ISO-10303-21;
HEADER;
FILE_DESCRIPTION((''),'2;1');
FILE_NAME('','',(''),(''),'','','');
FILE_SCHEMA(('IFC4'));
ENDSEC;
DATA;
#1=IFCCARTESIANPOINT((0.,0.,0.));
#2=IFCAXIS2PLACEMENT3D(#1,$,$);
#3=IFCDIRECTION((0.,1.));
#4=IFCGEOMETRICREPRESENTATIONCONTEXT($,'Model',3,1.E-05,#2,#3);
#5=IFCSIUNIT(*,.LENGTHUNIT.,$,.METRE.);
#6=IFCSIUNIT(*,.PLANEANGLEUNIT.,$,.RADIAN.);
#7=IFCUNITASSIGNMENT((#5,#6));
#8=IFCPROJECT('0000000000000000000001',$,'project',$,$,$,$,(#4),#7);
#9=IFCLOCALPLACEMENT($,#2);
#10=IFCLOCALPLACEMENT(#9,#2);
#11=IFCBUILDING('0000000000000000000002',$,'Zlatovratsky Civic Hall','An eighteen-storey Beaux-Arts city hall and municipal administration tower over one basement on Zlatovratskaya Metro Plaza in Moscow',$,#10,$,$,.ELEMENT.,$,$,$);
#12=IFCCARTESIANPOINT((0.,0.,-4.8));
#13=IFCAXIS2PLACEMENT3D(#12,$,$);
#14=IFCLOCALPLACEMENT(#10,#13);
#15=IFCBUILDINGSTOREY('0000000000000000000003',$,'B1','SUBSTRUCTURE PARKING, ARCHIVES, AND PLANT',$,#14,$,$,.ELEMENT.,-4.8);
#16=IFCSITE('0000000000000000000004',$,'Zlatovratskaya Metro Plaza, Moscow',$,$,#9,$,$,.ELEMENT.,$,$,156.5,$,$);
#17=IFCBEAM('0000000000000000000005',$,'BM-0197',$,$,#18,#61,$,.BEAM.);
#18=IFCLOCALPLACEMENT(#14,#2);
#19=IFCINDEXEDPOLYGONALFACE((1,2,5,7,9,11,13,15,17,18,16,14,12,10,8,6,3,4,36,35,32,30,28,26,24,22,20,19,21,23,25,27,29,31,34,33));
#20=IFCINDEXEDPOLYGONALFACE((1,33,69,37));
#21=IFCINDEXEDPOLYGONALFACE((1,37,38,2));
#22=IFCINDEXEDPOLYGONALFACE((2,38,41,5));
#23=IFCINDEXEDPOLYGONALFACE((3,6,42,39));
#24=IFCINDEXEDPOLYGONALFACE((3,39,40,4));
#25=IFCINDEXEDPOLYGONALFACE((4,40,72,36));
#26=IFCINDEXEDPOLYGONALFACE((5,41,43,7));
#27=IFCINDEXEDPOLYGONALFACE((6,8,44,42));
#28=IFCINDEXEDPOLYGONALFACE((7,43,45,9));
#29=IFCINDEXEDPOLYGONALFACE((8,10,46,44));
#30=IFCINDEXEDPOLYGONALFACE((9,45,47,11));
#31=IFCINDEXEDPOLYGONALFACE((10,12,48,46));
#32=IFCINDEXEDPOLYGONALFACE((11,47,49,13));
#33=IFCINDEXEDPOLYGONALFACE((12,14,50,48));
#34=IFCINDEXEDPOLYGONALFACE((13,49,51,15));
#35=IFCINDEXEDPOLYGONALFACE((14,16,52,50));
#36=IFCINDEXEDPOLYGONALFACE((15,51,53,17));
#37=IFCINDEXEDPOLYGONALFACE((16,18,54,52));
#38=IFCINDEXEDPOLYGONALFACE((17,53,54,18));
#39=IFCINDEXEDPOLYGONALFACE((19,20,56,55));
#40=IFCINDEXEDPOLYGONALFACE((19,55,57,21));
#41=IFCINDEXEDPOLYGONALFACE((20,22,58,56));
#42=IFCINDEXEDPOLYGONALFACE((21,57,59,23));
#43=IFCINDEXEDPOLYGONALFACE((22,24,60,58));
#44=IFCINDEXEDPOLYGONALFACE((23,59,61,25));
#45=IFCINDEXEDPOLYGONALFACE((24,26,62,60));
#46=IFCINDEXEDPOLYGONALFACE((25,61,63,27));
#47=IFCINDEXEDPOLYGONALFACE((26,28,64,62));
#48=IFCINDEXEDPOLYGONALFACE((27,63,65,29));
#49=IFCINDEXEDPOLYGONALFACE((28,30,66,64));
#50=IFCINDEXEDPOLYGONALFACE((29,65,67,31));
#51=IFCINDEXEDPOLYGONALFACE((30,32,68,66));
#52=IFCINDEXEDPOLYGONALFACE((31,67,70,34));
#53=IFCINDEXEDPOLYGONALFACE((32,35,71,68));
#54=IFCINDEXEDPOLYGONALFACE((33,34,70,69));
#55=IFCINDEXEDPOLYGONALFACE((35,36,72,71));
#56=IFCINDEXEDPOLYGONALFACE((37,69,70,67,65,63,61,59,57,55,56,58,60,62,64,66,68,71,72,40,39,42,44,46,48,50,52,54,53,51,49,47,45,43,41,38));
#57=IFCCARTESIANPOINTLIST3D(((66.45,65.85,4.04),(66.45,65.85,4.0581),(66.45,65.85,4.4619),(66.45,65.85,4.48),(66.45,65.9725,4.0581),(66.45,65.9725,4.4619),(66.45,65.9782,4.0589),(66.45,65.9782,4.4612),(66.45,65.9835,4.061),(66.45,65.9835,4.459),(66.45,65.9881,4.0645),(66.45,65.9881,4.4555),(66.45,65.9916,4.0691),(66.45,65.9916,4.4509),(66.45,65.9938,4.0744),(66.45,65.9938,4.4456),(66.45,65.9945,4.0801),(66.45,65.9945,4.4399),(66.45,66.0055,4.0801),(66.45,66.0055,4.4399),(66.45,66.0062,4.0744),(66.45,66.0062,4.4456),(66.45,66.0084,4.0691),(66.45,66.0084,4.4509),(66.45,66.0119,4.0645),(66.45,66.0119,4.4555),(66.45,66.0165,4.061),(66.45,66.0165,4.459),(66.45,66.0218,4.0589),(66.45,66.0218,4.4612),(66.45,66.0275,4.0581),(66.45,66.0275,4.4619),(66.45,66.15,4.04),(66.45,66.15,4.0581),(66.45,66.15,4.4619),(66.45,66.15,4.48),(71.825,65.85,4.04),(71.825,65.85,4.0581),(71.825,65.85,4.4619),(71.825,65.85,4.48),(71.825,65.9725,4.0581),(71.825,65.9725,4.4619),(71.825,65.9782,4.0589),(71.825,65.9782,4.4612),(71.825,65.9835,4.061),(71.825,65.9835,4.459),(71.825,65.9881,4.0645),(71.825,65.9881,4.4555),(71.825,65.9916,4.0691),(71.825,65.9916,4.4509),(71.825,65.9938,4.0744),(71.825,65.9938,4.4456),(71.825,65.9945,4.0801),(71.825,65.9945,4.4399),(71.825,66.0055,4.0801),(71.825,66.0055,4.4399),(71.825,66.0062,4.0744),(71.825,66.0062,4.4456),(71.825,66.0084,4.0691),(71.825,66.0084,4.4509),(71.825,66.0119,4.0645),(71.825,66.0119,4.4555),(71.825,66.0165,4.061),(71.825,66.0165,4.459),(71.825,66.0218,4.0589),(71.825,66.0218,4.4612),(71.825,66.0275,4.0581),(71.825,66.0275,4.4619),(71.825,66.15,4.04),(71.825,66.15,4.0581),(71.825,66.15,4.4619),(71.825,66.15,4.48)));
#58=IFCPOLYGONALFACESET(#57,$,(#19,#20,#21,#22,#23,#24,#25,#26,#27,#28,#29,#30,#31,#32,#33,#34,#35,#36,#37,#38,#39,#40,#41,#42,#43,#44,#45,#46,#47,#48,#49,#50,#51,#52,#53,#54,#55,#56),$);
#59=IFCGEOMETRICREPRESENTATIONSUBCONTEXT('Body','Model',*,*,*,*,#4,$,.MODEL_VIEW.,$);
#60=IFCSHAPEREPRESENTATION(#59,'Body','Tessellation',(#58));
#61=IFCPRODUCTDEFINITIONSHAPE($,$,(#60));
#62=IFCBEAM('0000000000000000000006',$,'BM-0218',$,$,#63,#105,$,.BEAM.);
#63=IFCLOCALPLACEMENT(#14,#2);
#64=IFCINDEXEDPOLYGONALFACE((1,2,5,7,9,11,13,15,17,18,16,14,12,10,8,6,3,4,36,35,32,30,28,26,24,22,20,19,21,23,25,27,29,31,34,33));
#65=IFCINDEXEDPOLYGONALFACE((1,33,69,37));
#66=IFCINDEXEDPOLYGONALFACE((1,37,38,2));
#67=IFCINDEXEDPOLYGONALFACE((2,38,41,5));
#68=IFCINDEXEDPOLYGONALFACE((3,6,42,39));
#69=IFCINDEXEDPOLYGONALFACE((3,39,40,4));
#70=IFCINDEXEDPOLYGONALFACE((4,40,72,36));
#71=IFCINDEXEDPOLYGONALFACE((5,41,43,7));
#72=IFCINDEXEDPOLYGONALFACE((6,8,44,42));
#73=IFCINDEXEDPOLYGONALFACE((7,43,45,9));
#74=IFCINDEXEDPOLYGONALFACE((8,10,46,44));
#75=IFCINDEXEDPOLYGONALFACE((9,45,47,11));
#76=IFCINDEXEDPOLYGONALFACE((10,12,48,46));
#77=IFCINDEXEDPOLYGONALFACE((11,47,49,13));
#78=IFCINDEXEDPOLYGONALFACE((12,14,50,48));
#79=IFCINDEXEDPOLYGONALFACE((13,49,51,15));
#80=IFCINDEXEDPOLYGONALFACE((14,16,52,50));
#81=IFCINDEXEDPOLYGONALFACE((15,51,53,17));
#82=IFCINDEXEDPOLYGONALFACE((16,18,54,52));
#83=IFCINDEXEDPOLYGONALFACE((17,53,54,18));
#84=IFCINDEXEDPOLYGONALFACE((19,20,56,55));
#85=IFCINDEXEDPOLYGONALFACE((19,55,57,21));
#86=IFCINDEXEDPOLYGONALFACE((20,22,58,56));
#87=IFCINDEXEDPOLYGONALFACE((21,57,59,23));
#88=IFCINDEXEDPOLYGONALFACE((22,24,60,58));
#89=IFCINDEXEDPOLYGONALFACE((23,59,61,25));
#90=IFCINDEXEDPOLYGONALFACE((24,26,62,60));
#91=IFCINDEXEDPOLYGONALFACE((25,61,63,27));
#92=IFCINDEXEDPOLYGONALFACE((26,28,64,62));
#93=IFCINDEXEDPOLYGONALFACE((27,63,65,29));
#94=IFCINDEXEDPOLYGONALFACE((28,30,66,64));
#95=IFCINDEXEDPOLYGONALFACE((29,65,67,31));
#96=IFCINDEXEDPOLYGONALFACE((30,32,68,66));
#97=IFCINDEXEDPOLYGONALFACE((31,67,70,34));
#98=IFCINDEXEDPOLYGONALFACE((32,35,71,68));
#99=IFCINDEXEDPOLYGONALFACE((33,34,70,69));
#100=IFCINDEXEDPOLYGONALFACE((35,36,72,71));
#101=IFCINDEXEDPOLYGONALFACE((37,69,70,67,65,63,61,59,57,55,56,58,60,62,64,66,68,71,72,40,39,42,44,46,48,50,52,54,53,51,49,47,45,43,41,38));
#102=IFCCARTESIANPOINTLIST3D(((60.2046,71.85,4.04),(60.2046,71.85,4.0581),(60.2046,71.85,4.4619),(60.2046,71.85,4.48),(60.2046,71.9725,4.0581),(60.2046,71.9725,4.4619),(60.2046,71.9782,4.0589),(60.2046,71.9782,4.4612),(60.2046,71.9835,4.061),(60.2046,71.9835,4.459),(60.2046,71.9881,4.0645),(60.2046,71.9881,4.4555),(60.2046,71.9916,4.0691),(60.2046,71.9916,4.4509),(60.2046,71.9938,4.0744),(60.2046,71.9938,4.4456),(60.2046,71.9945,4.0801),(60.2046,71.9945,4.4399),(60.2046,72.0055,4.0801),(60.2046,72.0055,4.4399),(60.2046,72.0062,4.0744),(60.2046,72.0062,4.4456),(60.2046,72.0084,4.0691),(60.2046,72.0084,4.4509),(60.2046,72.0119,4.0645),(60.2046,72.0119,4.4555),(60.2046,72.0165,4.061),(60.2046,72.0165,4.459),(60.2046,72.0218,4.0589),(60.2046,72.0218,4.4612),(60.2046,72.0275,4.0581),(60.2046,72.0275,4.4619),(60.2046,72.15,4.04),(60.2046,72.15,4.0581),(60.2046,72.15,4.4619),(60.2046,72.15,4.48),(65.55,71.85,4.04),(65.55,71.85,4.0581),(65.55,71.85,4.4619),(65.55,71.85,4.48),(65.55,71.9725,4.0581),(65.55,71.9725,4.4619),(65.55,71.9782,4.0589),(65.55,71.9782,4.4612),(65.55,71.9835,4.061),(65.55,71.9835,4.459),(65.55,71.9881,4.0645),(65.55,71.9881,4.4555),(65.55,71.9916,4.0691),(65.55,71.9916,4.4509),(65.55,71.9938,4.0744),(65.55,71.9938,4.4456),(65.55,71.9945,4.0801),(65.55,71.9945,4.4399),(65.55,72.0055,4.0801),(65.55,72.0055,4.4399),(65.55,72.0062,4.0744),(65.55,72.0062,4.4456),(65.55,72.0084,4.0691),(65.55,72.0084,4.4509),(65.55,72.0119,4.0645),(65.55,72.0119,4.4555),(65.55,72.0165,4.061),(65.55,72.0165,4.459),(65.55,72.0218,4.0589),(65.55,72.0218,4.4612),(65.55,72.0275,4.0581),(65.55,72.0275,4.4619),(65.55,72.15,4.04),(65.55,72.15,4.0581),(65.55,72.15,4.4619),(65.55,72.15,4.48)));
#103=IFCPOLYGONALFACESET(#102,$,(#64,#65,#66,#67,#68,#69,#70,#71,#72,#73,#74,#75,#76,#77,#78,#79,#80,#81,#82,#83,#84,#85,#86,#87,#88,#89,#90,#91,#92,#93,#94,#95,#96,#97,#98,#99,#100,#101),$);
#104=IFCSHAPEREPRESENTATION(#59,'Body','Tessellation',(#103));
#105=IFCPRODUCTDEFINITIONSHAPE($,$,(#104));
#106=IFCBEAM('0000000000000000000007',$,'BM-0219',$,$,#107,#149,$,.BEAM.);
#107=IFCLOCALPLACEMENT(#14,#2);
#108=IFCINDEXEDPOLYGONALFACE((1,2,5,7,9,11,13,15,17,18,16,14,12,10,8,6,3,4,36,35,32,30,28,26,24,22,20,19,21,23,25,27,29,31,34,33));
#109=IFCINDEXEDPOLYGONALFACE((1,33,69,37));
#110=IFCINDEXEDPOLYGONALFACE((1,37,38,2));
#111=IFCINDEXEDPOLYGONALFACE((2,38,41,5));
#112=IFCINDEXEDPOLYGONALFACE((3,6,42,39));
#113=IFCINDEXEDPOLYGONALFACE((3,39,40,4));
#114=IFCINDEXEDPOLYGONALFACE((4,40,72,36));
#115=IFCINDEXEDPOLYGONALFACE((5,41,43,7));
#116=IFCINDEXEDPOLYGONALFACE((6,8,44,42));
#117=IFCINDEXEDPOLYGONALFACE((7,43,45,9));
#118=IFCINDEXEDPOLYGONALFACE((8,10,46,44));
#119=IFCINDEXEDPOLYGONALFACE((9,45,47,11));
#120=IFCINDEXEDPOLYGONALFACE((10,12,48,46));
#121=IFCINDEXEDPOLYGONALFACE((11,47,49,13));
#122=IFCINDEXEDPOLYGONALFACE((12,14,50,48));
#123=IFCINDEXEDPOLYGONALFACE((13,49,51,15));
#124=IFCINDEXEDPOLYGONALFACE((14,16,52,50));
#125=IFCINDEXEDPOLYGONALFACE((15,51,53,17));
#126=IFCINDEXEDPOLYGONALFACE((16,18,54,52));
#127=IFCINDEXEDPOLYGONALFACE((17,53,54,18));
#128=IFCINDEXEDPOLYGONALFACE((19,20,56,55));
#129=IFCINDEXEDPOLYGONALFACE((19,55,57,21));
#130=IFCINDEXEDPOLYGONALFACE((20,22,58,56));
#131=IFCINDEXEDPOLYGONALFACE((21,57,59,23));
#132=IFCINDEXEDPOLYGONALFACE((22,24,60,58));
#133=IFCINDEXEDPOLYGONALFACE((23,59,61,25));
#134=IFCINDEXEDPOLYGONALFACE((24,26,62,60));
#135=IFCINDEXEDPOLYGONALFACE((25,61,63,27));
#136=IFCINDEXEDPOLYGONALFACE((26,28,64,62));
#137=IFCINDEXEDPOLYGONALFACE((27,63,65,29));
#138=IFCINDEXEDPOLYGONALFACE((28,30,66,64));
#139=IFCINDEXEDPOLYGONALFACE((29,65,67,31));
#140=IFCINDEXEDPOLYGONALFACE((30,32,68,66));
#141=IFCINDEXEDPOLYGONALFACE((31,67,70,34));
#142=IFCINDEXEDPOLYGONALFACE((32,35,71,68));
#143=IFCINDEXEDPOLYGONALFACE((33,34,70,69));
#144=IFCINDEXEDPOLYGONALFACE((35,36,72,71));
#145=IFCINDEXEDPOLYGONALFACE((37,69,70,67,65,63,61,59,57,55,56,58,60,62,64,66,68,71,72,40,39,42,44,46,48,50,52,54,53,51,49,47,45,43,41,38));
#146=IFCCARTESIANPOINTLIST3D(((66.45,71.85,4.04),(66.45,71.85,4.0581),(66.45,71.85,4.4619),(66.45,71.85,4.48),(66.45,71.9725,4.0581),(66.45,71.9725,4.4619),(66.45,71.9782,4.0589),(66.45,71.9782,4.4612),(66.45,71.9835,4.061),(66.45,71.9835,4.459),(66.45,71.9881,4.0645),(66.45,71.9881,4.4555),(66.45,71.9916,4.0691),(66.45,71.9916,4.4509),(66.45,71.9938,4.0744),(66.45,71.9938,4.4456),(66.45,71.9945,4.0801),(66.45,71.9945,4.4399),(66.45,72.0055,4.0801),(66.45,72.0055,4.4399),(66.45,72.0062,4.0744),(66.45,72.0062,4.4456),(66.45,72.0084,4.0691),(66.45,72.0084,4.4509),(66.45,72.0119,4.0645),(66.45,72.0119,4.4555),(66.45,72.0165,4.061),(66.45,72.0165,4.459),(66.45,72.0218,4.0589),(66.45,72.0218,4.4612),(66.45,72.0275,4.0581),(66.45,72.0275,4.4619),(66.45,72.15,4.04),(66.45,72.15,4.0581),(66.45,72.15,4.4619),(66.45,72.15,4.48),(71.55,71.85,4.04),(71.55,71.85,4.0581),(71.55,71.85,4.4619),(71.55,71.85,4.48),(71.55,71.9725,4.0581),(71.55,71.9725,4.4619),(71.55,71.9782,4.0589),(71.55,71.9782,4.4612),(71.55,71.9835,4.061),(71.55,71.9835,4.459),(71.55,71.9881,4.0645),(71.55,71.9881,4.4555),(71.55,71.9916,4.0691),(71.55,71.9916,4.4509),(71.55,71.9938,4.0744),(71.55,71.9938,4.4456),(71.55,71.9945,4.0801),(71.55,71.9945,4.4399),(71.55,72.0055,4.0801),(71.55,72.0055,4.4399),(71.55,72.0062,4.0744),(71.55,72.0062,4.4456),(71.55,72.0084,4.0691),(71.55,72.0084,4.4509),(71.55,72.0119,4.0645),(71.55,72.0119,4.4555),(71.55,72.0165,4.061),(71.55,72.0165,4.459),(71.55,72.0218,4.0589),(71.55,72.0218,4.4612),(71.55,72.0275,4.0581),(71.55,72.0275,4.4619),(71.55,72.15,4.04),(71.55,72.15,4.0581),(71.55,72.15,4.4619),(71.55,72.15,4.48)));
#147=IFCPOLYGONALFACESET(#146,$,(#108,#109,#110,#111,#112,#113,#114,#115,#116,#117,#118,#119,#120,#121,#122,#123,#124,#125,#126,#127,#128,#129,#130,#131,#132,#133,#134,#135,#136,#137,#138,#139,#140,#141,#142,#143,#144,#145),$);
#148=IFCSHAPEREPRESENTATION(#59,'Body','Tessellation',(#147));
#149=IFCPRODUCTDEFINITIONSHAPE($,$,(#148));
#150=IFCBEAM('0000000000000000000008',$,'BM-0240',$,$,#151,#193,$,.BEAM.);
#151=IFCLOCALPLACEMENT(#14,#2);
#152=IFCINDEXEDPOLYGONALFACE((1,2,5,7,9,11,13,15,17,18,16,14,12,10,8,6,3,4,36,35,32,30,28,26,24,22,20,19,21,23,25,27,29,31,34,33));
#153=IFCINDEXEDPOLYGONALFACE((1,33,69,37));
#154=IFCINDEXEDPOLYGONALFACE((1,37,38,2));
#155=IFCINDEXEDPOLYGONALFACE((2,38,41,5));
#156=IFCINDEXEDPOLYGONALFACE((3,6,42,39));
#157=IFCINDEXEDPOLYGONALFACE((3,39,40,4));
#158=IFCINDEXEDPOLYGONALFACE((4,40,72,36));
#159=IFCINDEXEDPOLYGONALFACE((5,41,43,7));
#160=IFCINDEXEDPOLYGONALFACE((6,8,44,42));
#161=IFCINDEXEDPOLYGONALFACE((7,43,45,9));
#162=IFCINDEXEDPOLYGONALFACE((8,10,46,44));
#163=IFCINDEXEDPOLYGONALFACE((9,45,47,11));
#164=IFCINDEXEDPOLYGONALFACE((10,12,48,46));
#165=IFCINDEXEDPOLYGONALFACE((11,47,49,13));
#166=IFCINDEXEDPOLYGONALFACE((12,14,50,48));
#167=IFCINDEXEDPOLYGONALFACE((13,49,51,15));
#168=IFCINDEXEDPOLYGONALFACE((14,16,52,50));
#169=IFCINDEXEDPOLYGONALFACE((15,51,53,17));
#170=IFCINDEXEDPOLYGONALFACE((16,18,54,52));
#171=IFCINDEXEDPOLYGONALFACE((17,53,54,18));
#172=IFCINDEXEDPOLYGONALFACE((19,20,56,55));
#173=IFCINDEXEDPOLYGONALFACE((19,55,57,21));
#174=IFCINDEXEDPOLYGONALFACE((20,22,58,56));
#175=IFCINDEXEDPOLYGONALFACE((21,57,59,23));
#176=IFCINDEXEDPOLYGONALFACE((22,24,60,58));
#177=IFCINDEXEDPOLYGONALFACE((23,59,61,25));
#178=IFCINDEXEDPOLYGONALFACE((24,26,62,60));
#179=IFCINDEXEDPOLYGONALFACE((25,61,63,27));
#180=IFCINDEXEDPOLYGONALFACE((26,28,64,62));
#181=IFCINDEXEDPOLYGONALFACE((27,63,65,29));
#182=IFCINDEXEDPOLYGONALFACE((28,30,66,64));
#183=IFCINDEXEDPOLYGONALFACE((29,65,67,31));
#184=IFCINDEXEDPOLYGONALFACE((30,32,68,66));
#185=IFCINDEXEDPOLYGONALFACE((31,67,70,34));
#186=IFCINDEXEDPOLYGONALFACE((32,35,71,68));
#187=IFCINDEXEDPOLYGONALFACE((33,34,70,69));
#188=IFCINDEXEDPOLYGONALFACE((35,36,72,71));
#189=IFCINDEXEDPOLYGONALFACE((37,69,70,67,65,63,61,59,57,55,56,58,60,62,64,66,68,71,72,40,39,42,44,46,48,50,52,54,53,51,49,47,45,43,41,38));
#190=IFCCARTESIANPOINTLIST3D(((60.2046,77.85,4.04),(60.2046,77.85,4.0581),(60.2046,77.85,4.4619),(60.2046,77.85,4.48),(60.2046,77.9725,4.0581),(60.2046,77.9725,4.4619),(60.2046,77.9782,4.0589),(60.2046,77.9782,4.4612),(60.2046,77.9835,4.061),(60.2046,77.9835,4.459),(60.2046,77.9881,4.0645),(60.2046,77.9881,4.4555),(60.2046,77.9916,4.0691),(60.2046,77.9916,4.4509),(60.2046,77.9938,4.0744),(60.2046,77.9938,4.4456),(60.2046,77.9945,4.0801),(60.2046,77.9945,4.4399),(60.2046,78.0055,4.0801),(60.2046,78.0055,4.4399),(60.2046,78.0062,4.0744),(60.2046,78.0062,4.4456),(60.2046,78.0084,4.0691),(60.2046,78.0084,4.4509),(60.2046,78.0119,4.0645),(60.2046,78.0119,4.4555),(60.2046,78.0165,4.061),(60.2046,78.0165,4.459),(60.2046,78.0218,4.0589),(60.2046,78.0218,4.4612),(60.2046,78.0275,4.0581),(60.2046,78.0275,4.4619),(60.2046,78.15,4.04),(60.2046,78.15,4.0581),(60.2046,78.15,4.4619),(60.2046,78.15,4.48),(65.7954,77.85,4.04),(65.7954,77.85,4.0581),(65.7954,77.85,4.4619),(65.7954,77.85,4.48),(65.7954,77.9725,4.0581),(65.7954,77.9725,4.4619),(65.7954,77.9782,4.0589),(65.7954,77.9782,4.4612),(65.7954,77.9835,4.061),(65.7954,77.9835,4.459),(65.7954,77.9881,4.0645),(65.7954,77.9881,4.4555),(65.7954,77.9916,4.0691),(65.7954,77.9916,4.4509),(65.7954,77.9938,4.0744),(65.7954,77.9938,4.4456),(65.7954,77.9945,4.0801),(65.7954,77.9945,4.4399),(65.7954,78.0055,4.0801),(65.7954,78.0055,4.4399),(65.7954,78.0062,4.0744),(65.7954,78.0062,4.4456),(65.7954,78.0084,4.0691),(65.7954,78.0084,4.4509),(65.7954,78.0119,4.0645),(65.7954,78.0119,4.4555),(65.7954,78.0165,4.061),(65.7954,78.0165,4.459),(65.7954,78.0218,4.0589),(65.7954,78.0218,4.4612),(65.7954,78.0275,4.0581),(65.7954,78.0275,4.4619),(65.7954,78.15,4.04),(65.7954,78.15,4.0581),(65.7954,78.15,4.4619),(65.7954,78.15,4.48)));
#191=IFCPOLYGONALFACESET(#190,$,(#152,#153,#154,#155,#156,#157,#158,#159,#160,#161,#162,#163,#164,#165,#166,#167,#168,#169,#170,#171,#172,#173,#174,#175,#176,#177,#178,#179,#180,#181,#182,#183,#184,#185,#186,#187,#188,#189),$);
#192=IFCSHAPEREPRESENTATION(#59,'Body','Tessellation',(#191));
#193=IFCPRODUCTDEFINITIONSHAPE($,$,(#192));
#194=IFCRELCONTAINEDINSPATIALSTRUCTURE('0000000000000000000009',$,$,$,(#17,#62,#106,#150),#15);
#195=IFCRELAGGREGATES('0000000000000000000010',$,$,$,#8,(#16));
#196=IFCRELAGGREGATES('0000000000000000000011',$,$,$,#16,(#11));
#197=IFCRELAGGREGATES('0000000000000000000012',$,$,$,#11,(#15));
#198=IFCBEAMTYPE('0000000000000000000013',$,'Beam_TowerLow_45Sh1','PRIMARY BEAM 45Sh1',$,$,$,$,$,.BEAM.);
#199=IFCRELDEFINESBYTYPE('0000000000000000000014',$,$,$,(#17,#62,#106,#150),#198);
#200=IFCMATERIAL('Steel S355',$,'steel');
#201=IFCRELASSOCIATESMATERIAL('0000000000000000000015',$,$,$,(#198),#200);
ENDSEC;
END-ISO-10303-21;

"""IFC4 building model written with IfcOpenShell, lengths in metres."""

from ifc_helpers import new_model, si_unit, direction, frame, origin, origin_2d, place, context, subcontext, project, spatial, i_section, extrude, material, material_profile, profile_set, type_object, element, save


model = new_model("IFC4")

# Units and contexts
model_context = context("Model", 3, precision=1e-05, world=origin(), true_north=direction((0.0, 1.0)))
body_context = subcontext(model_context, "Body", "Model", "MODEL_VIEW")
ifc_project = project(units=[si_unit("LENGTHUNIT", "METRE"), si_unit("PLANEANGLEUNIT", "RADIAN")], contexts=[model_context])

# Site, building, storey
site_placement = place(None, origin())
site = spatial("IfcSite", under=ifc_project, at=site_placement, Name="Zlatovratskaya Metro Plaza, Moscow", CompositionType="ELEMENT", RefElevation=156.5)
building_placement = place(site_placement, origin())
building = spatial("IfcBuilding", under=site, at=building_placement, Name="Zlatovratsky Civic Hall", Description="An eighteen-storey Beaux-Arts city hall and municipal administration tower over one basement on Zlatovratskaya Metro Plaza in Moscow", CompositionType="ELEMENT")
storey_placement = place(building_placement, frame((0.0, 0.0, -4.8)))
storey = spatial("IfcBuildingStorey", under=building, at=storey_placement, Name="B1", Description="SUBSTRUCTURE PARKING, ARCHIVES, AND PLANT", CompositionType="ELEMENT", Elevation=-4.8)

# Shared definitions
ifc_material_1 = material(Name="Steel S355", Category="steel")

# Beams
ifc_material_profile_1 = material_profile(ifc_material_1, i_section(OverallWidth=0.3, OverallDepth=0.4399, WebThickness=0.011, FlangeThickness=0.0181, FilletRadius=0.022, at=origin_2d()), Name="45Sh1")
ifc_profile_set_1 = profile_set([ifc_material_profile_1], Name="Steel S355")
beam_type = type_object("IfcBeamType", Name="Beam_TowerLow_45Sh1", Description="PRIMARY BEAM 45Sh1", PredefinedType="BEAM", material=ifc_profile_set_1)
for number, where, z_axis, x_axis, name in (
    (1, (66.45, 66.0, 4.26), (1.0, 0.0, 0.0), (0.0, 1.0, 0.0), "BM-0197"),
):
    element("IfcBeam", number, at=place(storey_placement, frame(where, z_axis=z_axis, x_axis=x_axis)), inside=storey, type_object=beam_type, Name=name, PredefinedType="BEAM", context=body_context, shape_type="SweptSolid", body=[
        extrude(i_section(OverallWidth=0.3, OverallDepth=0.4399, WebThickness=0.011, FlangeThickness=0.0181, FilletRadius=0.022, at=origin_2d()), origin(), (0.0, 0.0, 1.0), 5.375),
    ])
beam_1_placement = place(storey_placement, frame((60.2046, 72.0, 4.26), z_axis=(1.0, 0.0, 0.0), x_axis=(0.0, 1.0, 0.0)))
element("IfcBeam", 2, at=beam_1_placement, inside=storey, type_object=beam_type, Name="BM-0218", PredefinedType="BEAM", context=body_context, shape_type="SweptSolid", body=[
    extrude(i_section(OverallWidth=0.3, OverallDepth=0.4399, WebThickness=0.011, FlangeThickness=0.0181, FilletRadius=0.022, at=origin_2d()), origin(), (0.0, 0.0, 1.0), 5.3455),
])
beam_2_placement = place(storey_placement, frame((66.45, 72.0, 4.26), z_axis=(1.0, 0.0, 0.0), x_axis=(0.0, 1.0, 0.0)))
element("IfcBeam", 3, at=beam_2_placement, inside=storey, type_object=beam_type, Name="BM-0219", PredefinedType="BEAM", context=body_context, shape_type="SweptSolid", body=[
    extrude(i_section(OverallWidth=0.3, OverallDepth=0.4399, WebThickness=0.011, FlangeThickness=0.0181, FilletRadius=0.022, at=origin_2d()), origin(), (0.0, 0.0, 1.0), 5.1001),
])
beam_3_placement = place(storey_placement, frame((60.2046, 78.0, 4.26), z_axis=(1.0, 0.0, 0.0), x_axis=(0.0, 1.0, 0.0)))
element("IfcBeam", 4, at=beam_3_placement, inside=storey, type_object=beam_type, Name="BM-0240", PredefinedType="BEAM", context=body_context, shape_type="SweptSolid", body=[
    extrude(i_section(OverallWidth=0.3, OverallDepth=0.4399, WebThickness=0.011, FlangeThickness=0.0181, FilletRadius=0.022, at=origin_2d()), origin(), (0.0, 0.0, 1.0), 5.5908),
])

save(model, "model.ifc")
